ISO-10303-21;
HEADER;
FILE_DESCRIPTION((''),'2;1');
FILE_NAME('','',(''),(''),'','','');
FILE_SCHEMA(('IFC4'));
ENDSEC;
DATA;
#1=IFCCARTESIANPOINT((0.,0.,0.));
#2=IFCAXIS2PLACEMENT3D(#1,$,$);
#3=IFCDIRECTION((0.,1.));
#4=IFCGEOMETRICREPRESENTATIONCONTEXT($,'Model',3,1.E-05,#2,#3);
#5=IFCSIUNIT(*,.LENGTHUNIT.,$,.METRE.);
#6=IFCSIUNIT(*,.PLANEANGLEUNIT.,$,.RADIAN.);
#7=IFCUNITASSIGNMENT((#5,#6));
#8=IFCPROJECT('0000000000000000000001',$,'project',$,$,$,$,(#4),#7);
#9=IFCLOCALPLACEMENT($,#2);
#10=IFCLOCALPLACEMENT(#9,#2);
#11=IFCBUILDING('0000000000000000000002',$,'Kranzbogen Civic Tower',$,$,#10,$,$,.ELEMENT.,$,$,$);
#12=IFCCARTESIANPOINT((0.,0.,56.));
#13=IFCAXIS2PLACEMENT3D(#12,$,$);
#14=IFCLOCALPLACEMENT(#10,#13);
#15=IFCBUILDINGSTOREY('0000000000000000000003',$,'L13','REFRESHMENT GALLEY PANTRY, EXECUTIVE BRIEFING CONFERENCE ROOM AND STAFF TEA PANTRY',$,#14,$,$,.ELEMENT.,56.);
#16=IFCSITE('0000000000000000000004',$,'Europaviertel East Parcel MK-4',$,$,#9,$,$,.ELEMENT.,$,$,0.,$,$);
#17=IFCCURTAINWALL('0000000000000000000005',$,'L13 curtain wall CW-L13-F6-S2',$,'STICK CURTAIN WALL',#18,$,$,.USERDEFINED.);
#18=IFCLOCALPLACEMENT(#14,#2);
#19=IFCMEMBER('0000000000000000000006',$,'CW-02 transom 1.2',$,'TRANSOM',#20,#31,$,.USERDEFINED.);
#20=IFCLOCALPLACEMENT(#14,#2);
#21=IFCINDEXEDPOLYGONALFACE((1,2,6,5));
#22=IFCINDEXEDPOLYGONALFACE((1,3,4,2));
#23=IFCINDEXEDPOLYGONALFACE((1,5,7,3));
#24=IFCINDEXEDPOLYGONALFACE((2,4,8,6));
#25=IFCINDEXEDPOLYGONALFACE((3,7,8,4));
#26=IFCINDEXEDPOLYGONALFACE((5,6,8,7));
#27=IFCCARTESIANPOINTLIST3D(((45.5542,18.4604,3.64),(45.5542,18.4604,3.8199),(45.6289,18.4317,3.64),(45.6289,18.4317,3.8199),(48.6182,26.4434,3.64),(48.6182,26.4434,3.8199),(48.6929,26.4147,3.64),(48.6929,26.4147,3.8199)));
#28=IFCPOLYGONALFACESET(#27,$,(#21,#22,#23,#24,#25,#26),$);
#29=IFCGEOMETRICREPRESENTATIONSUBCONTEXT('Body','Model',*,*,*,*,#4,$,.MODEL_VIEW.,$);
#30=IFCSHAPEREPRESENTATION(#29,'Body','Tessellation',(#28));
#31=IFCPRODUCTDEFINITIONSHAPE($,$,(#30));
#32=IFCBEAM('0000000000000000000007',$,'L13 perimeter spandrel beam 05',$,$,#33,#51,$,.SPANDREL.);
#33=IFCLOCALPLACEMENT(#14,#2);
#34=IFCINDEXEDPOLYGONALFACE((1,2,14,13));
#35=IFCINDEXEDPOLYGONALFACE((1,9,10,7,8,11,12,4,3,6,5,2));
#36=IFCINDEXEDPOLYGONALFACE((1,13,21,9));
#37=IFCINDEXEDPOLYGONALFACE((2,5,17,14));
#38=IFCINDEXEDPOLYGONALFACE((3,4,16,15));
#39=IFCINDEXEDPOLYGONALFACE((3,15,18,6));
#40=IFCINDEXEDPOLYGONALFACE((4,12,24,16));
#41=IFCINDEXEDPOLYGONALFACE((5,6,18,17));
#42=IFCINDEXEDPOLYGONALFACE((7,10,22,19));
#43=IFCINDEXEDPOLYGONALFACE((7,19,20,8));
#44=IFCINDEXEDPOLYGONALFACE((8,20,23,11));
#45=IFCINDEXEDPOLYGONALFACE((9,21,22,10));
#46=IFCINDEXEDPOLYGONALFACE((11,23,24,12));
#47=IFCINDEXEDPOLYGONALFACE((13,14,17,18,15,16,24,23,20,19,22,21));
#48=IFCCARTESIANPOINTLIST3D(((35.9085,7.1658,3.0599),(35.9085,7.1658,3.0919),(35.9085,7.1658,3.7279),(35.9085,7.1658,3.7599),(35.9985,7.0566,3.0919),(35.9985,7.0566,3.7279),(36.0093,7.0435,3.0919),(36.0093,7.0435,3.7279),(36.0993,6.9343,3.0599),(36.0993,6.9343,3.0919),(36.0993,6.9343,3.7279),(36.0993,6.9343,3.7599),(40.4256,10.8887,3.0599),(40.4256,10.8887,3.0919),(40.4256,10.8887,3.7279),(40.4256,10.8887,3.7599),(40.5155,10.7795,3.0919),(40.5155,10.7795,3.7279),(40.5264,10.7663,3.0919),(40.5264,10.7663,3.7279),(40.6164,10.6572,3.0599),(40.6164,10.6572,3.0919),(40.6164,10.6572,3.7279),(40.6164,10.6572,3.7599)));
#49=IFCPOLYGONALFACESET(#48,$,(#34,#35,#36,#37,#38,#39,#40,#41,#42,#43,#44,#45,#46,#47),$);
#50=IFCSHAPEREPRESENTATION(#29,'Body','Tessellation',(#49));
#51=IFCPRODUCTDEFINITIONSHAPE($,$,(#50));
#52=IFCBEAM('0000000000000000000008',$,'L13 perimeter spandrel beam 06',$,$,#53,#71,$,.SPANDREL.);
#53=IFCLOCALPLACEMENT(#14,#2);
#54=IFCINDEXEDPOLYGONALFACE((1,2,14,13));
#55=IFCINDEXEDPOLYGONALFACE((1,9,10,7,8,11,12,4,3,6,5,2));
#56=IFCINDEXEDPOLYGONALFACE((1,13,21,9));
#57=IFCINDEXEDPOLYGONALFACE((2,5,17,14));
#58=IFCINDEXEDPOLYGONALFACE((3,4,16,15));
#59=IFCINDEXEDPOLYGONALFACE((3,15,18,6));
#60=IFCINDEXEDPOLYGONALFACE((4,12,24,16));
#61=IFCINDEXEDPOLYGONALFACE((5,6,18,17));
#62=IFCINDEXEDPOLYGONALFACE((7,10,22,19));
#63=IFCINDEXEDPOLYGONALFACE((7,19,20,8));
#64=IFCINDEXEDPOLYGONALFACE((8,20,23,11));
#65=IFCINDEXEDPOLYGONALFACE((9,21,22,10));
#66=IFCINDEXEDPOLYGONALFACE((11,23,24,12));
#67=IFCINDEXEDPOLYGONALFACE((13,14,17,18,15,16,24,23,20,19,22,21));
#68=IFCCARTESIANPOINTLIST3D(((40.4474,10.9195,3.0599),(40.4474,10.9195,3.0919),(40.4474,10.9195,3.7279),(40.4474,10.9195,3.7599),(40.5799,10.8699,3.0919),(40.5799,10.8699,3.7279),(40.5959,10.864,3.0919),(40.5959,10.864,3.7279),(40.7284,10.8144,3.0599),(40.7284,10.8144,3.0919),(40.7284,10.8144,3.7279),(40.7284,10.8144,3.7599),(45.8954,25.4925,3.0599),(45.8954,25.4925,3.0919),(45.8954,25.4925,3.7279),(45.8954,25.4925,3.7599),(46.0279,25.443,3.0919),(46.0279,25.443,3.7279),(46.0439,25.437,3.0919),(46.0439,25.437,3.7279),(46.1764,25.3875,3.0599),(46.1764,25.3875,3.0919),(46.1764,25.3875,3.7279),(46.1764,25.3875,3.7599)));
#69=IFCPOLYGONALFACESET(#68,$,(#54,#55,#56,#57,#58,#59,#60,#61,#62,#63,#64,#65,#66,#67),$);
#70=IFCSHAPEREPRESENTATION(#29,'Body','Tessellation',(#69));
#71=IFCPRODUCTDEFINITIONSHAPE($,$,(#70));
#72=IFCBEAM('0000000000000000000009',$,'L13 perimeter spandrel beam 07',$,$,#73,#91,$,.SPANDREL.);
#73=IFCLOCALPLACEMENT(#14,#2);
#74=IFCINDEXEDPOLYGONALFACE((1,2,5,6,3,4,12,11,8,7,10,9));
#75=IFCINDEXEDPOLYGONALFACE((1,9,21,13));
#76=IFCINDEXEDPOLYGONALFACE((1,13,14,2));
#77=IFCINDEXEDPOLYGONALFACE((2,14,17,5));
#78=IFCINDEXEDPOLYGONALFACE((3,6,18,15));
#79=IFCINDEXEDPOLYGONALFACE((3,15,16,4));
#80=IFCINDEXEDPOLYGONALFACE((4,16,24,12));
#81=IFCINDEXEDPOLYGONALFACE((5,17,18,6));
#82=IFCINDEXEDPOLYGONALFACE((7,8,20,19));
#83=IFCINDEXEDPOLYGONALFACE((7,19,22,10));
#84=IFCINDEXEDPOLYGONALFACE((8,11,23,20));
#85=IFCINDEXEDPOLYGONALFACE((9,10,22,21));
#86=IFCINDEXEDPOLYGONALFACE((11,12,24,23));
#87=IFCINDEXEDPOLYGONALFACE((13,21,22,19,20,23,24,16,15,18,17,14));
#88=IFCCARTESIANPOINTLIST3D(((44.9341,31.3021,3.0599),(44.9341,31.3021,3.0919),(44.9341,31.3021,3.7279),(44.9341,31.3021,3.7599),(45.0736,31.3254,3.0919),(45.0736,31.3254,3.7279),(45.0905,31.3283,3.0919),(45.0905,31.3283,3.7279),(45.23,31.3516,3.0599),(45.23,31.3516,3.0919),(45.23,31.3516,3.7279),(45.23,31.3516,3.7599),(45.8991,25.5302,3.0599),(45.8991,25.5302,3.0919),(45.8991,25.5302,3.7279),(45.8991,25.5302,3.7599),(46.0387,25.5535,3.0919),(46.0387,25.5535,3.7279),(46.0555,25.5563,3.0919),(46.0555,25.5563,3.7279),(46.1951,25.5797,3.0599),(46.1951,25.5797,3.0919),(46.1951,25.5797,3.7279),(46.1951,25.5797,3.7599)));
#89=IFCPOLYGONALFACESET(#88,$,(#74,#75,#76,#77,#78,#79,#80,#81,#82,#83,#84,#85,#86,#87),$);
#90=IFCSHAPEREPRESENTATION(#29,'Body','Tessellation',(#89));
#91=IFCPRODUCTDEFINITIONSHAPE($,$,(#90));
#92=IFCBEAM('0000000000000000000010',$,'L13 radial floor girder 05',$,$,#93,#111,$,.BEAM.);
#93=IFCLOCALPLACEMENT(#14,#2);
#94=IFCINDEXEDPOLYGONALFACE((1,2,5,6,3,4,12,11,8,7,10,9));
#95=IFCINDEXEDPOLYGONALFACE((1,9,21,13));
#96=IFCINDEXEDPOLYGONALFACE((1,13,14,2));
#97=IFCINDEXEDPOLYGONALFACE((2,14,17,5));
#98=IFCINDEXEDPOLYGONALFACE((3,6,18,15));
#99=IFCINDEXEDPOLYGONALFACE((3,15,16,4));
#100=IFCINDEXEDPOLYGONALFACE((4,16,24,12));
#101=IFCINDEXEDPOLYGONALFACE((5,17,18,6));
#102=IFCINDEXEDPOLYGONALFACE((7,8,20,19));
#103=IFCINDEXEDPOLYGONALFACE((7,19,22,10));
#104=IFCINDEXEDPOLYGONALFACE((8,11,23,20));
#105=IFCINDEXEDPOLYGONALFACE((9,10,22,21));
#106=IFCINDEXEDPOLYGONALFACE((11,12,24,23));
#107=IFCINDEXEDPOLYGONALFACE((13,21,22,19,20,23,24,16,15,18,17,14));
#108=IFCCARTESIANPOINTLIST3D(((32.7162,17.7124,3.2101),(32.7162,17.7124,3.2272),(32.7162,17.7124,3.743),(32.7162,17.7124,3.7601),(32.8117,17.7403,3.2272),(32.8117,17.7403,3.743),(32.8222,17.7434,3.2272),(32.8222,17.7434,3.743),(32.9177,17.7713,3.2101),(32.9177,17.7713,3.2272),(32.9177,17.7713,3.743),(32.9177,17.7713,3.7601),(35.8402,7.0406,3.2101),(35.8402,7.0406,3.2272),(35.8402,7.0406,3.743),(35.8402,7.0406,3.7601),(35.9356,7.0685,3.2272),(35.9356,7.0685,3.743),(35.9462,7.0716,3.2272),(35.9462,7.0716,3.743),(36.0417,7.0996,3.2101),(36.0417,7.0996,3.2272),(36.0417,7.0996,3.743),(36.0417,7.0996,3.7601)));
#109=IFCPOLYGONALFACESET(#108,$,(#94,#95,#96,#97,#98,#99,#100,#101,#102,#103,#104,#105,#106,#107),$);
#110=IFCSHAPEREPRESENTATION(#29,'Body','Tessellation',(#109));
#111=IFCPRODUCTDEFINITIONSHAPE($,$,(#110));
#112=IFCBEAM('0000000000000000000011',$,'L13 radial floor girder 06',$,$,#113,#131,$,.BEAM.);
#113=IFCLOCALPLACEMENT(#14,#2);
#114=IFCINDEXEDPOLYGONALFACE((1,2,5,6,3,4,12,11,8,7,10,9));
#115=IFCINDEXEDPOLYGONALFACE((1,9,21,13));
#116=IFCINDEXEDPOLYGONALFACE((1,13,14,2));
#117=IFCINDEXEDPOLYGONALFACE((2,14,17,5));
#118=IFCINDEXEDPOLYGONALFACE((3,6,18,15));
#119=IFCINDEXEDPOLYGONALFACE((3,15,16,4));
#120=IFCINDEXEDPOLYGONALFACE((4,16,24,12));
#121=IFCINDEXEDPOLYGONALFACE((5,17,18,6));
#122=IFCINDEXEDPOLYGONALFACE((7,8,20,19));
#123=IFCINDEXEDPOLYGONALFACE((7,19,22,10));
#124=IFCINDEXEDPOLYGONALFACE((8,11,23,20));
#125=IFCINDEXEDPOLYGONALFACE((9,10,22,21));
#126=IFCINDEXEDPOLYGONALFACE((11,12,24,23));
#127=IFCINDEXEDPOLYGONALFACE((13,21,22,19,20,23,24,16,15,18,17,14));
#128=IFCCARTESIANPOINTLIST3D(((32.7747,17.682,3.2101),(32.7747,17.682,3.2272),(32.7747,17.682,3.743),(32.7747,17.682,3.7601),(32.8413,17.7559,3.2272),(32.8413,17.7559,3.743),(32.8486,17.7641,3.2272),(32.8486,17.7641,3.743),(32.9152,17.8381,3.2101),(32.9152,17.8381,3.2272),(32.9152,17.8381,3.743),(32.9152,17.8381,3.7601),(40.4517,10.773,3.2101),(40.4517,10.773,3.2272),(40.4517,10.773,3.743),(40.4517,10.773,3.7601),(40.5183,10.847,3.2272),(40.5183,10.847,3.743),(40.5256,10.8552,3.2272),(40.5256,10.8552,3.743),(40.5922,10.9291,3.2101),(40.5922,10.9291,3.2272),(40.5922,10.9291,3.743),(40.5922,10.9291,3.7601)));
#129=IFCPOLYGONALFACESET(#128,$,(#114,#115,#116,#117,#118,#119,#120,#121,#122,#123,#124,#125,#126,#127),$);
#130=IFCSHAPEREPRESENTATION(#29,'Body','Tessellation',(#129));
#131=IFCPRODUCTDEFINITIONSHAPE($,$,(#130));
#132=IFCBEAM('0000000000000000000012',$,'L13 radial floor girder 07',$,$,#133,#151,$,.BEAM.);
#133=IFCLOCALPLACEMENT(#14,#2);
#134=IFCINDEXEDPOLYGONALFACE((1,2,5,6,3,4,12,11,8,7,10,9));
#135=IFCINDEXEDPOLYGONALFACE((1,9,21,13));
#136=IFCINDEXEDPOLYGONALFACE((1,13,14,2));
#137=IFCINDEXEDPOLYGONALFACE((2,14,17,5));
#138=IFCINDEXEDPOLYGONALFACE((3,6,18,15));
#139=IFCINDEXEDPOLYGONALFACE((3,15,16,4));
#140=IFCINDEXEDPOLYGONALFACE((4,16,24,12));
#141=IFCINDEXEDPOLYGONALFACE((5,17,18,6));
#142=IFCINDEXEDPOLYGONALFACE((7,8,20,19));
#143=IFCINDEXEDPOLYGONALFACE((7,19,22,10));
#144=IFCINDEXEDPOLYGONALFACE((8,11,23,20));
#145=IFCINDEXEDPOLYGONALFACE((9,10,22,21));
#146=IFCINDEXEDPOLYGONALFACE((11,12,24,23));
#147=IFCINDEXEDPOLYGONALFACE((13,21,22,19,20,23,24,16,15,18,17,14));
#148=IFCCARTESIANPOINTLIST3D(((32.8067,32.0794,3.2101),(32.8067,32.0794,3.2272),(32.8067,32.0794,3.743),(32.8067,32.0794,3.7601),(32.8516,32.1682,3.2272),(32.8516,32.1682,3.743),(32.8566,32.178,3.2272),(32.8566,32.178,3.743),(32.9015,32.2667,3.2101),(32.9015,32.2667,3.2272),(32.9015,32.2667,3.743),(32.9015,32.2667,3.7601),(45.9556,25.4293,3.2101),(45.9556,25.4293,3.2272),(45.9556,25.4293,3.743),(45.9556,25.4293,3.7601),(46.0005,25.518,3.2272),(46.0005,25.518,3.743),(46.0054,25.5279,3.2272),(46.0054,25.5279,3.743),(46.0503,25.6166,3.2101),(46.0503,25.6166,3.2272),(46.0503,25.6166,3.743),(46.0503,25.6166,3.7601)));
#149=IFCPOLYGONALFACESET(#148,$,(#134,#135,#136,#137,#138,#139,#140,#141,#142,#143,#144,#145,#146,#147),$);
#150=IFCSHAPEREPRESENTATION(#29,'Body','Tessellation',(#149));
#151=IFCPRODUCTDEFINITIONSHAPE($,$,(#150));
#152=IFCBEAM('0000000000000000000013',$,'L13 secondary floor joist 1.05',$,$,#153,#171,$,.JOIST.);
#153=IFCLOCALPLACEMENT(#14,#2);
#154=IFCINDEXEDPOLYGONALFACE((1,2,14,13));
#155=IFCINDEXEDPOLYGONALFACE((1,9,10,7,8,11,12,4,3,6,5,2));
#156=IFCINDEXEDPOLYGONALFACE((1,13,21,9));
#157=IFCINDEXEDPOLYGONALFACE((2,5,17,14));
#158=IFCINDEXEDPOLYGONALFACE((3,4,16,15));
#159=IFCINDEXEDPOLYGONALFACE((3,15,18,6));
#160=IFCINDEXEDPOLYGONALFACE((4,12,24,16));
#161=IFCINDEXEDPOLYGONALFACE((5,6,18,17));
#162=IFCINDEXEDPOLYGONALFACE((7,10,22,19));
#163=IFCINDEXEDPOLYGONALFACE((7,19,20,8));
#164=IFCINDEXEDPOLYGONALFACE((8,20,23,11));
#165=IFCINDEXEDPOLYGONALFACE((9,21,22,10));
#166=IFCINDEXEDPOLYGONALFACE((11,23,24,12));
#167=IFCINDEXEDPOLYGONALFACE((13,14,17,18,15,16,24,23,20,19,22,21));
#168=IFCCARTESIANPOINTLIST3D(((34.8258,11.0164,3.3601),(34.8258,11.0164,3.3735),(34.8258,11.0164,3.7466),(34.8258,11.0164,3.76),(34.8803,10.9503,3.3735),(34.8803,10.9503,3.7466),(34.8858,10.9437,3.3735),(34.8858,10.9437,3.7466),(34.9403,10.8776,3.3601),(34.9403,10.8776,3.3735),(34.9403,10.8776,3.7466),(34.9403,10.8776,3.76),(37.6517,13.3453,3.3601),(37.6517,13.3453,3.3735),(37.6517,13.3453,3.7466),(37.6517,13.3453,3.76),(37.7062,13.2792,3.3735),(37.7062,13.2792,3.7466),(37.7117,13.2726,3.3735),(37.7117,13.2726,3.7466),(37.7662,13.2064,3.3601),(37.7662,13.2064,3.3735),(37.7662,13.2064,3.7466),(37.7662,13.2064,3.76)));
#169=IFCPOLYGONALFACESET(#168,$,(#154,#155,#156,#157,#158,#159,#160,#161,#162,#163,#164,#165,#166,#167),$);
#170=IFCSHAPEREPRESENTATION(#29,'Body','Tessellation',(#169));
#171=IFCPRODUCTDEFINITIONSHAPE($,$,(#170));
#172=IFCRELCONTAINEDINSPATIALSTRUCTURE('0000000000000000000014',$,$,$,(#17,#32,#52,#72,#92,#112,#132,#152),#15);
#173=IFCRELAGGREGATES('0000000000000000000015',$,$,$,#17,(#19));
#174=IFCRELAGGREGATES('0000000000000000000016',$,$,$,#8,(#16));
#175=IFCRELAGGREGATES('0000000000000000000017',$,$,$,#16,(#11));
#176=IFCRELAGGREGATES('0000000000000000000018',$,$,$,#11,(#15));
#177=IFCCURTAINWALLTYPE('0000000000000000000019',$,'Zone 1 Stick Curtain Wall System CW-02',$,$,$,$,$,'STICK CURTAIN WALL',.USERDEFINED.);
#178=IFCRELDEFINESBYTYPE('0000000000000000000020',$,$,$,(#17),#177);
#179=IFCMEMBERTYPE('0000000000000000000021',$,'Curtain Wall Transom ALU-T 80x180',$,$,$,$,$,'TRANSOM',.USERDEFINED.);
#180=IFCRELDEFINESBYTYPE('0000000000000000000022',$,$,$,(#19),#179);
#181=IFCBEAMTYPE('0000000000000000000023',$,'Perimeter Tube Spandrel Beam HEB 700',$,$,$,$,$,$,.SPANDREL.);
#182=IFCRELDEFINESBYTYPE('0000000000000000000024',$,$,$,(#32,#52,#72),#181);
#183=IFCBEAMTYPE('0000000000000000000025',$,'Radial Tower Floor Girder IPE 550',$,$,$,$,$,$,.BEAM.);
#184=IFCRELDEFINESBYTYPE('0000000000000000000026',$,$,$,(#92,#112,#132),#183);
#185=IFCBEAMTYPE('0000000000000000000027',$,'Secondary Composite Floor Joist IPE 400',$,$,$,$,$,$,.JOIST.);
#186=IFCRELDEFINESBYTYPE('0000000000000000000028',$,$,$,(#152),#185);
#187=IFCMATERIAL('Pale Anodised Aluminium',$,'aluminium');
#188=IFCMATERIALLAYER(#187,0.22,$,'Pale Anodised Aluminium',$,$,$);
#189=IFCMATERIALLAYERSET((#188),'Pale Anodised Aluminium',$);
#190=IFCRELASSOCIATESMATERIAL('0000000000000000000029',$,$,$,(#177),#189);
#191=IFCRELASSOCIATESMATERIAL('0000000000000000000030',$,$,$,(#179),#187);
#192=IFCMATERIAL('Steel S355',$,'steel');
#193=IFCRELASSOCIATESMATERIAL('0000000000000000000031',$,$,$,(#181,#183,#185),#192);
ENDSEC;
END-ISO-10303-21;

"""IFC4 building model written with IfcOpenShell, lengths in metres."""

from ifc_helpers import new_model, si_unit, direction, frame, origin, origin_2d, place, context, subcontext, project, spatial, rectangle, i_section, extrude, material, layer, layer_set, material_profile, profile_set, type_object, element, aggregate, save


model = new_model("IFC4")

# Units and contexts
model_context = context("Model", 3, precision=1e-05, world=origin(), true_north=direction((0.0, 1.0)))
body_context = subcontext(model_context, "Body", "Model", "MODEL_VIEW")
ifc_project = project(units=[si_unit("LENGTHUNIT", "METRE"), si_unit("PLANEANGLEUNIT", "RADIAN")], contexts=[model_context])

# Site, building, storey
site_placement = place(None, origin())
site = spatial("IfcSite", under=ifc_project, at=site_placement, Name="Europaviertel East Parcel MK-4", CompositionType="ELEMENT", RefElevation=0.0)
building_placement = place(site_placement, origin())
building = spatial("IfcBuilding", under=site, at=building_placement, Name="Kranzbogen Civic Tower", CompositionType="ELEMENT")
storey_placement = place(building_placement, frame((0.0, 0.0, 56.0)))
storey = spatial("IfcBuildingStorey", under=building, at=storey_placement, Name="L13", Description="REFRESHMENT GALLEY PANTRY, EXECUTIVE BRIEFING CONFERENCE ROOM AND STAFF TEA PANTRY", CompositionType="ELEMENT", Elevation=56.0)

# Shared definitions
ifc_material_1 = material(Name="Pale Anodised Aluminium", Category="aluminium")
ifc_layer_1 = layer(ifc_material_1, 0.22, Name="Pale Anodised Aluminium")
ifc_layer_set_1 = layer_set([ifc_layer_1], Name="Pale Anodised Aluminium")
curtain_wall_type = type_object("IfcCurtainWallType", Name="Zone 1 Stick Curtain Wall System CW-02", ElementType="STICK CURTAIN WALL", PredefinedType="USERDEFINED", material=ifc_layer_set_1)

# Curtain wall
curtain_wall_1_placement = place(storey_placement, origin())
curtain_wall_1 = element("IfcCurtainWall", 1, at=curtain_wall_1_placement, inside=storey, type_object=curtain_wall_type, Name="L13 curtain wall CW-L13-F6-S2", ObjectType="STICK CURTAIN WALL", PredefinedType="USERDEFINED")

# Member
ifc_material_profile_1 = material_profile(ifc_material_1, rectangle(XDim=0.0801, YDim=0.1799, at=origin_2d()), Name="ALU-T 80x180")
ifc_profile_set_1 = profile_set([ifc_material_profile_1], Name="Pale Anodised Aluminium")
member_type_1 = type_object("IfcMemberType", Name="Curtain Wall Transom ALU-T 80x180", ElementType="TRANSOM", PredefinedType="USERDEFINED", material=ifc_profile_set_1)
member_1_placement = place(storey_placement, frame((45.5916, 18.446, 3.73), z_axis=(0.358328, 0.933596, 0.0), x_axis=(-0.933596, 0.358328, 0.0)))
member_1 = element("IfcMember", 2, at=member_1_placement, type_object=member_type_1, Name="CW-02 transom 1.2", ObjectType="TRANSOM", PredefinedType="USERDEFINED", context=body_context, shape_type="SweptSolid", body=[
    extrude(rectangle(XDim=0.0801, YDim=0.1799, at=origin_2d()), origin(), (0.0, 0.0, 1.0), 8.5508),
])

# Beams
ifc_material_2 = material(Name="Steel S355", Category="steel")
ifc_material_profile_2 = material_profile(ifc_material_2, i_section(OverallWidth=0.3, OverallDepth=0.7, WebThickness=0.0171, FlangeThickness=0.032, at=origin_2d()), Name="HEB 700")
ifc_profile_set_2 = profile_set([ifc_material_profile_2], Name="Steel S355")
beam_type_1 = type_object("IfcBeamType", Name="Perimeter Tube Spandrel Beam HEB 700", PredefinedType="SPANDREL", material=ifc_profile_set_2)
beam_1_placement = place(storey_placement, frame((36.0039, 7.05, 3.4099), z_axis=(0.771683, 0.636007, 0.0), x_axis=(-0.636007, 0.771683, 0.0)))
element("IfcBeam", 3, at=beam_1_placement, inside=storey, type_object=beam_type_1, Name="L13 perimeter spandrel beam 05", PredefinedType="SPANDREL", context=body_context, shape_type="SweptSolid", body=[
    extrude(i_section(OverallWidth=0.3, OverallDepth=0.7, WebThickness=0.0171, FlangeThickness=0.032, at=origin_2d()), origin(), (0.0, 0.0, 1.0), 5.8535),
])
beam_2_placement = place(storey_placement, frame((40.5879, 10.8669, 3.4099), z_axis=(0.350172, 0.936685, 0.0), x_axis=(-0.936685, 0.350172, 0.0)))
element("IfcBeam", 4, at=beam_2_placement, inside=storey, type_object=beam_type_1, Name="L13 perimeter spandrel beam 06", PredefinedType="SPANDREL", context=body_context, shape_type="SweptSolid", body=[
    extrude(i_section(OverallWidth=0.3, OverallDepth=0.7, WebThickness=0.0171, FlangeThickness=0.032, at=origin_2d()), origin(), (0.0, 0.0, 1.0), 15.5581),
])
beam_3_placement = place(storey_placement, frame((46.0471, 25.5549, 3.4099), z_axis=(-0.164913, 0.986308, 0.0), x_axis=(-0.986308, -0.164913, 0.0)))
element("IfcBeam", 5, at=beam_3_placement, inside=storey, type_object=beam_type_1, Name="L13 perimeter spandrel beam 07", PredefinedType="SPANDREL", context=body_context, shape_type="SweptSolid", body=[
    extrude(i_section(OverallWidth=0.3, OverallDepth=0.7, WebThickness=0.0171, FlangeThickness=0.032, at=origin_2d()), origin(), (0.0, 0.0, 1.0), 5.8521),
])
ifc_material_profile_3 = material_profile(ifc_material_2, i_section(OverallWidth=0.21, OverallDepth=0.55, WebThickness=0.011, FlangeThickness=0.0171, at=origin_2d()), Name="IPE 550")
ifc_profile_set_3 = profile_set([ifc_material_profile_3], Name="Steel S355")
beam_type_2 = type_object("IfcBeamType", Name="Radial Tower Floor Girder IPE 550", PredefinedType="BEAM", material=ifc_profile_set_3)
beam_4_placement = place(storey_placement, frame((35.9409, 7.0701, 3.4851), z_axis=(-0.280944, 0.959724, 0.0), x_axis=(-0.959724, -0.280944, 0.0)))
element("IfcBeam", 6, at=beam_4_placement, inside=storey, type_object=beam_type_2, Name="L13 radial floor girder 05", PredefinedType="BEAM", context=body_context, shape_type="SweptSolid", body=[
    extrude(i_section(OverallWidth=0.21, OverallDepth=0.55, WebThickness=0.011, FlangeThickness=0.0171, at=origin_2d()), origin(), (0.0, 0.0, 1.0), 11.1196),
])
beam_5_placement = place(storey_placement, frame((40.522, 10.8511, 3.4851), z_axis=(-0.743312, 0.668945, 0.0), x_axis=(-0.668945, -0.743312, 0.0)))
element("IfcBeam", 7, at=beam_5_placement, inside=storey, type_object=beam_type_2, Name="L13 radial floor girder 06", PredefinedType="BEAM", context=body_context, shape_type="SweptSolid", body=[
    extrude(i_section(OverallWidth=0.21, OverallDepth=0.55, WebThickness=0.011, FlangeThickness=0.0171, at=origin_2d()), origin(), (0.0, 0.0, 1.0), 10.3281),
])
beam_6_placement = place(storey_placement, frame((46.0029, 25.5229, 3.4851), z_axis=(-0.892363, 0.451318, 0.0), x_axis=(-0.451318, -0.892363, 0.0)))
element("IfcBeam", 8, at=beam_6_placement, inside=storey, type_object=beam_type_2, Name="L13 radial floor girder 07", PredefinedType="BEAM", context=body_context, shape_type="SweptSolid", body=[
    extrude(i_section(OverallWidth=0.21, OverallDepth=0.55, WebThickness=0.011, FlangeThickness=0.0171, at=origin_2d()), origin(), (0.0, 0.0, 1.0), 14.7349),
])
ifc_material_profile_4 = material_profile(ifc_material_2, i_section(OverallWidth=0.1799, OverallDepth=0.3999, WebThickness=0.0085, FlangeThickness=0.0134, at=origin_2d()), Name="IPE 400")
ifc_profile_set_4 = profile_set([ifc_material_profile_4], Name="Steel S355")
beam_type_3 = type_object("IfcBeamType", Name="Secondary Composite Floor Joist IPE 400", PredefinedType="JOIST", material=ifc_profile_set_4)
beam_7_placement = place(storey_placement, frame((34.8831, 10.947, 3.5601), z_axis=(0.771713, 0.635971, 0.0), x_axis=(-0.635971, 0.771713, 0.0)))
element("IfcBeam", 9, at=beam_7_placement, inside=storey, type_object=beam_type_3, Name="L13 secondary floor joist 1.05", PredefinedType="JOIST", context=body_context, shape_type="SweptSolid", body=[
    extrude(i_section(OverallWidth=0.1799, OverallDepth=0.3999, WebThickness=0.0085, FlangeThickness=0.0134, at=origin_2d()), origin(), (0.0, 0.0, 1.0), 3.6619),
])

aggregate(curtain_wall_1, [member_1])

save(model, "model.ifc")
